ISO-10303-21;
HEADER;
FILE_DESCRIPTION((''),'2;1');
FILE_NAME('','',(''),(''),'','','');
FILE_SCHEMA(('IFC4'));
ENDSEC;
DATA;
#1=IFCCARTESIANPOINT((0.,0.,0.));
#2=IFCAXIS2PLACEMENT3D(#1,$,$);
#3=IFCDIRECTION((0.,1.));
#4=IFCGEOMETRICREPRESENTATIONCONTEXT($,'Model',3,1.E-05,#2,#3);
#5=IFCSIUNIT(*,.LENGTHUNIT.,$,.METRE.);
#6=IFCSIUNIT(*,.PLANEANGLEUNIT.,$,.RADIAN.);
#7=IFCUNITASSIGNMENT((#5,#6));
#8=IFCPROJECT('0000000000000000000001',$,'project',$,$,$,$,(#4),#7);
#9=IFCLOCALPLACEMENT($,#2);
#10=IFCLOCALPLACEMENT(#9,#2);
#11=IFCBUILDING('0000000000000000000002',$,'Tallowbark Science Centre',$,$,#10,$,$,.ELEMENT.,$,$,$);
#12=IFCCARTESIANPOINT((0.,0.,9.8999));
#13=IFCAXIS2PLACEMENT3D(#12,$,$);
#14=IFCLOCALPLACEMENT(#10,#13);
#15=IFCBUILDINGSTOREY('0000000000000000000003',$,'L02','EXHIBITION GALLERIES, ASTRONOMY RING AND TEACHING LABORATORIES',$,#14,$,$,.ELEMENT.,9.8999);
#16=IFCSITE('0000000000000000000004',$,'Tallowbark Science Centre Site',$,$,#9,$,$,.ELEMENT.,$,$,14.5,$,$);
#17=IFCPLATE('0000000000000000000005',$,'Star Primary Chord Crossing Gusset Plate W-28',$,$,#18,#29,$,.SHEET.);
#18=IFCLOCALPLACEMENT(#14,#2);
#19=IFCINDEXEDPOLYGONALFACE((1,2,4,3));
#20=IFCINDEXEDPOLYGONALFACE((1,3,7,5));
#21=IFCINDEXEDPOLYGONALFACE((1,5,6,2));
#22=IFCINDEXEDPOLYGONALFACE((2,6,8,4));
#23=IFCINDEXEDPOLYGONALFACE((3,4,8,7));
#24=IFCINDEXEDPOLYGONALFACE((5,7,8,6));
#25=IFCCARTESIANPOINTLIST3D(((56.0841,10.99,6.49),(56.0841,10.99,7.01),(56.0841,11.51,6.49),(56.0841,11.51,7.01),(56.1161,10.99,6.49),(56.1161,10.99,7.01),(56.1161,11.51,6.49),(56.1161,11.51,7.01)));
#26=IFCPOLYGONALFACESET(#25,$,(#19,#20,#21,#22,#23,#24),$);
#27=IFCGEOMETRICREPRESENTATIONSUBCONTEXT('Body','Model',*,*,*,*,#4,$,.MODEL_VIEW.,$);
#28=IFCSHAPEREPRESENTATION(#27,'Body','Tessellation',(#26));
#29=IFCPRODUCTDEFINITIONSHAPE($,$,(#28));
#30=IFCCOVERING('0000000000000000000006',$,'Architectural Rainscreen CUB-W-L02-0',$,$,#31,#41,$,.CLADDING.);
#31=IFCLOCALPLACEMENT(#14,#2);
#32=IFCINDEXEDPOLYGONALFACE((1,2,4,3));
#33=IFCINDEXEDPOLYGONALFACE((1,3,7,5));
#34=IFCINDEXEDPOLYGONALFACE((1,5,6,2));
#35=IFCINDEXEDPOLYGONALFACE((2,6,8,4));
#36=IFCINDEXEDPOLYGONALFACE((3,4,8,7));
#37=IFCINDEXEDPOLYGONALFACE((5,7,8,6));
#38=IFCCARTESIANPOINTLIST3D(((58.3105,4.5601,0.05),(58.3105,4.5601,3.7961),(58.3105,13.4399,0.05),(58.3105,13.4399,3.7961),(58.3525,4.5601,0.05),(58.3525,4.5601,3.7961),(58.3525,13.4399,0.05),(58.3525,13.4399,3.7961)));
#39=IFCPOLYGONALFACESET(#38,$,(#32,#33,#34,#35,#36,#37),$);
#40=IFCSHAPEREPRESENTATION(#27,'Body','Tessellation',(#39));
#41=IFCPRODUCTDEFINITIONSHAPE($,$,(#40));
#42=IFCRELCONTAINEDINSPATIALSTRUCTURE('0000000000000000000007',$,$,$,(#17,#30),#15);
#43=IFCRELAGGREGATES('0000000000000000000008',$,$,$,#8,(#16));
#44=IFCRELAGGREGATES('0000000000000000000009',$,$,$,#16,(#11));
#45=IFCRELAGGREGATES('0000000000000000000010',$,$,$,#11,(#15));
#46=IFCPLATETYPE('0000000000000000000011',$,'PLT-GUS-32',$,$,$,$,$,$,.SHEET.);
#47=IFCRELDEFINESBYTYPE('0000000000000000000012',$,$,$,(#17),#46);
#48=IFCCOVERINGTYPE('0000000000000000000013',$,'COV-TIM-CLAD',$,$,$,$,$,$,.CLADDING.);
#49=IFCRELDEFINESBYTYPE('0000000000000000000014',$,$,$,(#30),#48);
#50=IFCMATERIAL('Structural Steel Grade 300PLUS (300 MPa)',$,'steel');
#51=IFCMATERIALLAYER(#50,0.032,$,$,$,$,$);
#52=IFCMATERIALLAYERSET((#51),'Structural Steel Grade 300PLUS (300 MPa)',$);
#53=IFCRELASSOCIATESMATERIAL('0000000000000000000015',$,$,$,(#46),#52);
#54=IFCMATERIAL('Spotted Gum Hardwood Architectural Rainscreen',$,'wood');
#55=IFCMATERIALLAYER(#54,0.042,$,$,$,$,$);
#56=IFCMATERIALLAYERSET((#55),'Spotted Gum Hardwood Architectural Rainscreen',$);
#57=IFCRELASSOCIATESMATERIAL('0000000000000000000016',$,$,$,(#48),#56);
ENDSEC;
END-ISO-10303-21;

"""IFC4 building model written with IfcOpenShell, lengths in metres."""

from ifc_helpers import new_model, si_unit, direction, frame, origin, origin_2d, place, context, subcontext, project, spatial, rectangle, extrude, material, layer, layer_set, type_object, element, save


model = new_model("IFC4")

# Units and contexts
model_context = context("Model", 3, precision=1e-05, world=origin(), true_north=direction((0.0, 1.0)))
body_context = subcontext(model_context, "Body", "Model", "MODEL_VIEW")
ifc_project = project(units=[si_unit("LENGTHUNIT", "METRE"), si_unit("PLANEANGLEUNIT", "RADIAN")], contexts=[model_context])

# Site, building, storey
site_placement = place(None, origin())
site = spatial("IfcSite", under=ifc_project, at=site_placement, Name="Tallowbark Science Centre Site", CompositionType="ELEMENT", RefElevation=14.5)
building_placement = place(site_placement, origin())
building = spatial("IfcBuilding", under=site, at=building_placement, Name="Tallowbark Science Centre", CompositionType="ELEMENT")
storey_placement = place(building_placement, frame((0.0, 0.0, 9.8999)))
storey = spatial("IfcBuildingStorey", under=building, at=storey_placement, Name="L02", Description="EXHIBITION GALLERIES, ASTRONOMY RING AND TEACHING LABORATORIES", CompositionType="ELEMENT", Elevation=9.8999)

# Plate
ifc_material_1 = material(Name="Structural Steel Grade 300PLUS (300 MPa)", Category="steel")
ifc_layer_1 = layer(ifc_material_1, 0.032)
ifc_layer_set_1 = layer_set([ifc_layer_1], Name="Structural Steel Grade 300PLUS (300 MPa)")
plate_type_1 = type_object("IfcPlateType", Name="PLT-GUS-32", PredefinedType="SHEET", material=ifc_layer_set_1)
plate_1_placement = place(storey_placement, frame((56.1001, 11.25, 6.49), z_axis=(0.0, 0.0, 1.0), x_axis=(0.0, 1.0, 0.0)))
element("IfcPlate", 1, at=plate_1_placement, inside=storey, type_object=plate_type_1, Name="Star Primary Chord Crossing Gusset Plate W-28", PredefinedType="SHEET", context=body_context, shape_type="SweptSolid", body=[
    extrude(rectangle(XDim=0.52, YDim=0.032, at=origin_2d()), origin(), (0.0, 0.0, 1.0), 0.52),
])

# Covering
ifc_material_2 = material(Name="Spotted Gum Hardwood Architectural Rainscreen", Category="wood")
ifc_layer_2 = layer(ifc_material_2, 0.042)
ifc_layer_set_2 = layer_set([ifc_layer_2], Name="Spotted Gum Hardwood Architectural Rainscreen")
covering_type = type_object("IfcCoveringType", Name="COV-TIM-CLAD", PredefinedType="CLADDING", material=ifc_layer_set_2)
covering_placement = place(storey_placement, frame((58.3315, 9.0, 0.05), z_axis=(0.0, 0.0, 1.0), x_axis=(0.0, -1.0, 0.0)))
element("IfcCovering", 2, at=covering_placement, inside=storey, type_object=covering_type, Name="Architectural Rainscreen CUB-W-L02-0", PredefinedType="CLADDING", context=body_context, shape_type="SweptSolid", body=[
    extrude(rectangle(XDim=8.8799, YDim=0.042, at=origin_2d()), origin(), (0.0, 0.0, 1.0), 3.7461),
])

save(model, "model.ifc")
